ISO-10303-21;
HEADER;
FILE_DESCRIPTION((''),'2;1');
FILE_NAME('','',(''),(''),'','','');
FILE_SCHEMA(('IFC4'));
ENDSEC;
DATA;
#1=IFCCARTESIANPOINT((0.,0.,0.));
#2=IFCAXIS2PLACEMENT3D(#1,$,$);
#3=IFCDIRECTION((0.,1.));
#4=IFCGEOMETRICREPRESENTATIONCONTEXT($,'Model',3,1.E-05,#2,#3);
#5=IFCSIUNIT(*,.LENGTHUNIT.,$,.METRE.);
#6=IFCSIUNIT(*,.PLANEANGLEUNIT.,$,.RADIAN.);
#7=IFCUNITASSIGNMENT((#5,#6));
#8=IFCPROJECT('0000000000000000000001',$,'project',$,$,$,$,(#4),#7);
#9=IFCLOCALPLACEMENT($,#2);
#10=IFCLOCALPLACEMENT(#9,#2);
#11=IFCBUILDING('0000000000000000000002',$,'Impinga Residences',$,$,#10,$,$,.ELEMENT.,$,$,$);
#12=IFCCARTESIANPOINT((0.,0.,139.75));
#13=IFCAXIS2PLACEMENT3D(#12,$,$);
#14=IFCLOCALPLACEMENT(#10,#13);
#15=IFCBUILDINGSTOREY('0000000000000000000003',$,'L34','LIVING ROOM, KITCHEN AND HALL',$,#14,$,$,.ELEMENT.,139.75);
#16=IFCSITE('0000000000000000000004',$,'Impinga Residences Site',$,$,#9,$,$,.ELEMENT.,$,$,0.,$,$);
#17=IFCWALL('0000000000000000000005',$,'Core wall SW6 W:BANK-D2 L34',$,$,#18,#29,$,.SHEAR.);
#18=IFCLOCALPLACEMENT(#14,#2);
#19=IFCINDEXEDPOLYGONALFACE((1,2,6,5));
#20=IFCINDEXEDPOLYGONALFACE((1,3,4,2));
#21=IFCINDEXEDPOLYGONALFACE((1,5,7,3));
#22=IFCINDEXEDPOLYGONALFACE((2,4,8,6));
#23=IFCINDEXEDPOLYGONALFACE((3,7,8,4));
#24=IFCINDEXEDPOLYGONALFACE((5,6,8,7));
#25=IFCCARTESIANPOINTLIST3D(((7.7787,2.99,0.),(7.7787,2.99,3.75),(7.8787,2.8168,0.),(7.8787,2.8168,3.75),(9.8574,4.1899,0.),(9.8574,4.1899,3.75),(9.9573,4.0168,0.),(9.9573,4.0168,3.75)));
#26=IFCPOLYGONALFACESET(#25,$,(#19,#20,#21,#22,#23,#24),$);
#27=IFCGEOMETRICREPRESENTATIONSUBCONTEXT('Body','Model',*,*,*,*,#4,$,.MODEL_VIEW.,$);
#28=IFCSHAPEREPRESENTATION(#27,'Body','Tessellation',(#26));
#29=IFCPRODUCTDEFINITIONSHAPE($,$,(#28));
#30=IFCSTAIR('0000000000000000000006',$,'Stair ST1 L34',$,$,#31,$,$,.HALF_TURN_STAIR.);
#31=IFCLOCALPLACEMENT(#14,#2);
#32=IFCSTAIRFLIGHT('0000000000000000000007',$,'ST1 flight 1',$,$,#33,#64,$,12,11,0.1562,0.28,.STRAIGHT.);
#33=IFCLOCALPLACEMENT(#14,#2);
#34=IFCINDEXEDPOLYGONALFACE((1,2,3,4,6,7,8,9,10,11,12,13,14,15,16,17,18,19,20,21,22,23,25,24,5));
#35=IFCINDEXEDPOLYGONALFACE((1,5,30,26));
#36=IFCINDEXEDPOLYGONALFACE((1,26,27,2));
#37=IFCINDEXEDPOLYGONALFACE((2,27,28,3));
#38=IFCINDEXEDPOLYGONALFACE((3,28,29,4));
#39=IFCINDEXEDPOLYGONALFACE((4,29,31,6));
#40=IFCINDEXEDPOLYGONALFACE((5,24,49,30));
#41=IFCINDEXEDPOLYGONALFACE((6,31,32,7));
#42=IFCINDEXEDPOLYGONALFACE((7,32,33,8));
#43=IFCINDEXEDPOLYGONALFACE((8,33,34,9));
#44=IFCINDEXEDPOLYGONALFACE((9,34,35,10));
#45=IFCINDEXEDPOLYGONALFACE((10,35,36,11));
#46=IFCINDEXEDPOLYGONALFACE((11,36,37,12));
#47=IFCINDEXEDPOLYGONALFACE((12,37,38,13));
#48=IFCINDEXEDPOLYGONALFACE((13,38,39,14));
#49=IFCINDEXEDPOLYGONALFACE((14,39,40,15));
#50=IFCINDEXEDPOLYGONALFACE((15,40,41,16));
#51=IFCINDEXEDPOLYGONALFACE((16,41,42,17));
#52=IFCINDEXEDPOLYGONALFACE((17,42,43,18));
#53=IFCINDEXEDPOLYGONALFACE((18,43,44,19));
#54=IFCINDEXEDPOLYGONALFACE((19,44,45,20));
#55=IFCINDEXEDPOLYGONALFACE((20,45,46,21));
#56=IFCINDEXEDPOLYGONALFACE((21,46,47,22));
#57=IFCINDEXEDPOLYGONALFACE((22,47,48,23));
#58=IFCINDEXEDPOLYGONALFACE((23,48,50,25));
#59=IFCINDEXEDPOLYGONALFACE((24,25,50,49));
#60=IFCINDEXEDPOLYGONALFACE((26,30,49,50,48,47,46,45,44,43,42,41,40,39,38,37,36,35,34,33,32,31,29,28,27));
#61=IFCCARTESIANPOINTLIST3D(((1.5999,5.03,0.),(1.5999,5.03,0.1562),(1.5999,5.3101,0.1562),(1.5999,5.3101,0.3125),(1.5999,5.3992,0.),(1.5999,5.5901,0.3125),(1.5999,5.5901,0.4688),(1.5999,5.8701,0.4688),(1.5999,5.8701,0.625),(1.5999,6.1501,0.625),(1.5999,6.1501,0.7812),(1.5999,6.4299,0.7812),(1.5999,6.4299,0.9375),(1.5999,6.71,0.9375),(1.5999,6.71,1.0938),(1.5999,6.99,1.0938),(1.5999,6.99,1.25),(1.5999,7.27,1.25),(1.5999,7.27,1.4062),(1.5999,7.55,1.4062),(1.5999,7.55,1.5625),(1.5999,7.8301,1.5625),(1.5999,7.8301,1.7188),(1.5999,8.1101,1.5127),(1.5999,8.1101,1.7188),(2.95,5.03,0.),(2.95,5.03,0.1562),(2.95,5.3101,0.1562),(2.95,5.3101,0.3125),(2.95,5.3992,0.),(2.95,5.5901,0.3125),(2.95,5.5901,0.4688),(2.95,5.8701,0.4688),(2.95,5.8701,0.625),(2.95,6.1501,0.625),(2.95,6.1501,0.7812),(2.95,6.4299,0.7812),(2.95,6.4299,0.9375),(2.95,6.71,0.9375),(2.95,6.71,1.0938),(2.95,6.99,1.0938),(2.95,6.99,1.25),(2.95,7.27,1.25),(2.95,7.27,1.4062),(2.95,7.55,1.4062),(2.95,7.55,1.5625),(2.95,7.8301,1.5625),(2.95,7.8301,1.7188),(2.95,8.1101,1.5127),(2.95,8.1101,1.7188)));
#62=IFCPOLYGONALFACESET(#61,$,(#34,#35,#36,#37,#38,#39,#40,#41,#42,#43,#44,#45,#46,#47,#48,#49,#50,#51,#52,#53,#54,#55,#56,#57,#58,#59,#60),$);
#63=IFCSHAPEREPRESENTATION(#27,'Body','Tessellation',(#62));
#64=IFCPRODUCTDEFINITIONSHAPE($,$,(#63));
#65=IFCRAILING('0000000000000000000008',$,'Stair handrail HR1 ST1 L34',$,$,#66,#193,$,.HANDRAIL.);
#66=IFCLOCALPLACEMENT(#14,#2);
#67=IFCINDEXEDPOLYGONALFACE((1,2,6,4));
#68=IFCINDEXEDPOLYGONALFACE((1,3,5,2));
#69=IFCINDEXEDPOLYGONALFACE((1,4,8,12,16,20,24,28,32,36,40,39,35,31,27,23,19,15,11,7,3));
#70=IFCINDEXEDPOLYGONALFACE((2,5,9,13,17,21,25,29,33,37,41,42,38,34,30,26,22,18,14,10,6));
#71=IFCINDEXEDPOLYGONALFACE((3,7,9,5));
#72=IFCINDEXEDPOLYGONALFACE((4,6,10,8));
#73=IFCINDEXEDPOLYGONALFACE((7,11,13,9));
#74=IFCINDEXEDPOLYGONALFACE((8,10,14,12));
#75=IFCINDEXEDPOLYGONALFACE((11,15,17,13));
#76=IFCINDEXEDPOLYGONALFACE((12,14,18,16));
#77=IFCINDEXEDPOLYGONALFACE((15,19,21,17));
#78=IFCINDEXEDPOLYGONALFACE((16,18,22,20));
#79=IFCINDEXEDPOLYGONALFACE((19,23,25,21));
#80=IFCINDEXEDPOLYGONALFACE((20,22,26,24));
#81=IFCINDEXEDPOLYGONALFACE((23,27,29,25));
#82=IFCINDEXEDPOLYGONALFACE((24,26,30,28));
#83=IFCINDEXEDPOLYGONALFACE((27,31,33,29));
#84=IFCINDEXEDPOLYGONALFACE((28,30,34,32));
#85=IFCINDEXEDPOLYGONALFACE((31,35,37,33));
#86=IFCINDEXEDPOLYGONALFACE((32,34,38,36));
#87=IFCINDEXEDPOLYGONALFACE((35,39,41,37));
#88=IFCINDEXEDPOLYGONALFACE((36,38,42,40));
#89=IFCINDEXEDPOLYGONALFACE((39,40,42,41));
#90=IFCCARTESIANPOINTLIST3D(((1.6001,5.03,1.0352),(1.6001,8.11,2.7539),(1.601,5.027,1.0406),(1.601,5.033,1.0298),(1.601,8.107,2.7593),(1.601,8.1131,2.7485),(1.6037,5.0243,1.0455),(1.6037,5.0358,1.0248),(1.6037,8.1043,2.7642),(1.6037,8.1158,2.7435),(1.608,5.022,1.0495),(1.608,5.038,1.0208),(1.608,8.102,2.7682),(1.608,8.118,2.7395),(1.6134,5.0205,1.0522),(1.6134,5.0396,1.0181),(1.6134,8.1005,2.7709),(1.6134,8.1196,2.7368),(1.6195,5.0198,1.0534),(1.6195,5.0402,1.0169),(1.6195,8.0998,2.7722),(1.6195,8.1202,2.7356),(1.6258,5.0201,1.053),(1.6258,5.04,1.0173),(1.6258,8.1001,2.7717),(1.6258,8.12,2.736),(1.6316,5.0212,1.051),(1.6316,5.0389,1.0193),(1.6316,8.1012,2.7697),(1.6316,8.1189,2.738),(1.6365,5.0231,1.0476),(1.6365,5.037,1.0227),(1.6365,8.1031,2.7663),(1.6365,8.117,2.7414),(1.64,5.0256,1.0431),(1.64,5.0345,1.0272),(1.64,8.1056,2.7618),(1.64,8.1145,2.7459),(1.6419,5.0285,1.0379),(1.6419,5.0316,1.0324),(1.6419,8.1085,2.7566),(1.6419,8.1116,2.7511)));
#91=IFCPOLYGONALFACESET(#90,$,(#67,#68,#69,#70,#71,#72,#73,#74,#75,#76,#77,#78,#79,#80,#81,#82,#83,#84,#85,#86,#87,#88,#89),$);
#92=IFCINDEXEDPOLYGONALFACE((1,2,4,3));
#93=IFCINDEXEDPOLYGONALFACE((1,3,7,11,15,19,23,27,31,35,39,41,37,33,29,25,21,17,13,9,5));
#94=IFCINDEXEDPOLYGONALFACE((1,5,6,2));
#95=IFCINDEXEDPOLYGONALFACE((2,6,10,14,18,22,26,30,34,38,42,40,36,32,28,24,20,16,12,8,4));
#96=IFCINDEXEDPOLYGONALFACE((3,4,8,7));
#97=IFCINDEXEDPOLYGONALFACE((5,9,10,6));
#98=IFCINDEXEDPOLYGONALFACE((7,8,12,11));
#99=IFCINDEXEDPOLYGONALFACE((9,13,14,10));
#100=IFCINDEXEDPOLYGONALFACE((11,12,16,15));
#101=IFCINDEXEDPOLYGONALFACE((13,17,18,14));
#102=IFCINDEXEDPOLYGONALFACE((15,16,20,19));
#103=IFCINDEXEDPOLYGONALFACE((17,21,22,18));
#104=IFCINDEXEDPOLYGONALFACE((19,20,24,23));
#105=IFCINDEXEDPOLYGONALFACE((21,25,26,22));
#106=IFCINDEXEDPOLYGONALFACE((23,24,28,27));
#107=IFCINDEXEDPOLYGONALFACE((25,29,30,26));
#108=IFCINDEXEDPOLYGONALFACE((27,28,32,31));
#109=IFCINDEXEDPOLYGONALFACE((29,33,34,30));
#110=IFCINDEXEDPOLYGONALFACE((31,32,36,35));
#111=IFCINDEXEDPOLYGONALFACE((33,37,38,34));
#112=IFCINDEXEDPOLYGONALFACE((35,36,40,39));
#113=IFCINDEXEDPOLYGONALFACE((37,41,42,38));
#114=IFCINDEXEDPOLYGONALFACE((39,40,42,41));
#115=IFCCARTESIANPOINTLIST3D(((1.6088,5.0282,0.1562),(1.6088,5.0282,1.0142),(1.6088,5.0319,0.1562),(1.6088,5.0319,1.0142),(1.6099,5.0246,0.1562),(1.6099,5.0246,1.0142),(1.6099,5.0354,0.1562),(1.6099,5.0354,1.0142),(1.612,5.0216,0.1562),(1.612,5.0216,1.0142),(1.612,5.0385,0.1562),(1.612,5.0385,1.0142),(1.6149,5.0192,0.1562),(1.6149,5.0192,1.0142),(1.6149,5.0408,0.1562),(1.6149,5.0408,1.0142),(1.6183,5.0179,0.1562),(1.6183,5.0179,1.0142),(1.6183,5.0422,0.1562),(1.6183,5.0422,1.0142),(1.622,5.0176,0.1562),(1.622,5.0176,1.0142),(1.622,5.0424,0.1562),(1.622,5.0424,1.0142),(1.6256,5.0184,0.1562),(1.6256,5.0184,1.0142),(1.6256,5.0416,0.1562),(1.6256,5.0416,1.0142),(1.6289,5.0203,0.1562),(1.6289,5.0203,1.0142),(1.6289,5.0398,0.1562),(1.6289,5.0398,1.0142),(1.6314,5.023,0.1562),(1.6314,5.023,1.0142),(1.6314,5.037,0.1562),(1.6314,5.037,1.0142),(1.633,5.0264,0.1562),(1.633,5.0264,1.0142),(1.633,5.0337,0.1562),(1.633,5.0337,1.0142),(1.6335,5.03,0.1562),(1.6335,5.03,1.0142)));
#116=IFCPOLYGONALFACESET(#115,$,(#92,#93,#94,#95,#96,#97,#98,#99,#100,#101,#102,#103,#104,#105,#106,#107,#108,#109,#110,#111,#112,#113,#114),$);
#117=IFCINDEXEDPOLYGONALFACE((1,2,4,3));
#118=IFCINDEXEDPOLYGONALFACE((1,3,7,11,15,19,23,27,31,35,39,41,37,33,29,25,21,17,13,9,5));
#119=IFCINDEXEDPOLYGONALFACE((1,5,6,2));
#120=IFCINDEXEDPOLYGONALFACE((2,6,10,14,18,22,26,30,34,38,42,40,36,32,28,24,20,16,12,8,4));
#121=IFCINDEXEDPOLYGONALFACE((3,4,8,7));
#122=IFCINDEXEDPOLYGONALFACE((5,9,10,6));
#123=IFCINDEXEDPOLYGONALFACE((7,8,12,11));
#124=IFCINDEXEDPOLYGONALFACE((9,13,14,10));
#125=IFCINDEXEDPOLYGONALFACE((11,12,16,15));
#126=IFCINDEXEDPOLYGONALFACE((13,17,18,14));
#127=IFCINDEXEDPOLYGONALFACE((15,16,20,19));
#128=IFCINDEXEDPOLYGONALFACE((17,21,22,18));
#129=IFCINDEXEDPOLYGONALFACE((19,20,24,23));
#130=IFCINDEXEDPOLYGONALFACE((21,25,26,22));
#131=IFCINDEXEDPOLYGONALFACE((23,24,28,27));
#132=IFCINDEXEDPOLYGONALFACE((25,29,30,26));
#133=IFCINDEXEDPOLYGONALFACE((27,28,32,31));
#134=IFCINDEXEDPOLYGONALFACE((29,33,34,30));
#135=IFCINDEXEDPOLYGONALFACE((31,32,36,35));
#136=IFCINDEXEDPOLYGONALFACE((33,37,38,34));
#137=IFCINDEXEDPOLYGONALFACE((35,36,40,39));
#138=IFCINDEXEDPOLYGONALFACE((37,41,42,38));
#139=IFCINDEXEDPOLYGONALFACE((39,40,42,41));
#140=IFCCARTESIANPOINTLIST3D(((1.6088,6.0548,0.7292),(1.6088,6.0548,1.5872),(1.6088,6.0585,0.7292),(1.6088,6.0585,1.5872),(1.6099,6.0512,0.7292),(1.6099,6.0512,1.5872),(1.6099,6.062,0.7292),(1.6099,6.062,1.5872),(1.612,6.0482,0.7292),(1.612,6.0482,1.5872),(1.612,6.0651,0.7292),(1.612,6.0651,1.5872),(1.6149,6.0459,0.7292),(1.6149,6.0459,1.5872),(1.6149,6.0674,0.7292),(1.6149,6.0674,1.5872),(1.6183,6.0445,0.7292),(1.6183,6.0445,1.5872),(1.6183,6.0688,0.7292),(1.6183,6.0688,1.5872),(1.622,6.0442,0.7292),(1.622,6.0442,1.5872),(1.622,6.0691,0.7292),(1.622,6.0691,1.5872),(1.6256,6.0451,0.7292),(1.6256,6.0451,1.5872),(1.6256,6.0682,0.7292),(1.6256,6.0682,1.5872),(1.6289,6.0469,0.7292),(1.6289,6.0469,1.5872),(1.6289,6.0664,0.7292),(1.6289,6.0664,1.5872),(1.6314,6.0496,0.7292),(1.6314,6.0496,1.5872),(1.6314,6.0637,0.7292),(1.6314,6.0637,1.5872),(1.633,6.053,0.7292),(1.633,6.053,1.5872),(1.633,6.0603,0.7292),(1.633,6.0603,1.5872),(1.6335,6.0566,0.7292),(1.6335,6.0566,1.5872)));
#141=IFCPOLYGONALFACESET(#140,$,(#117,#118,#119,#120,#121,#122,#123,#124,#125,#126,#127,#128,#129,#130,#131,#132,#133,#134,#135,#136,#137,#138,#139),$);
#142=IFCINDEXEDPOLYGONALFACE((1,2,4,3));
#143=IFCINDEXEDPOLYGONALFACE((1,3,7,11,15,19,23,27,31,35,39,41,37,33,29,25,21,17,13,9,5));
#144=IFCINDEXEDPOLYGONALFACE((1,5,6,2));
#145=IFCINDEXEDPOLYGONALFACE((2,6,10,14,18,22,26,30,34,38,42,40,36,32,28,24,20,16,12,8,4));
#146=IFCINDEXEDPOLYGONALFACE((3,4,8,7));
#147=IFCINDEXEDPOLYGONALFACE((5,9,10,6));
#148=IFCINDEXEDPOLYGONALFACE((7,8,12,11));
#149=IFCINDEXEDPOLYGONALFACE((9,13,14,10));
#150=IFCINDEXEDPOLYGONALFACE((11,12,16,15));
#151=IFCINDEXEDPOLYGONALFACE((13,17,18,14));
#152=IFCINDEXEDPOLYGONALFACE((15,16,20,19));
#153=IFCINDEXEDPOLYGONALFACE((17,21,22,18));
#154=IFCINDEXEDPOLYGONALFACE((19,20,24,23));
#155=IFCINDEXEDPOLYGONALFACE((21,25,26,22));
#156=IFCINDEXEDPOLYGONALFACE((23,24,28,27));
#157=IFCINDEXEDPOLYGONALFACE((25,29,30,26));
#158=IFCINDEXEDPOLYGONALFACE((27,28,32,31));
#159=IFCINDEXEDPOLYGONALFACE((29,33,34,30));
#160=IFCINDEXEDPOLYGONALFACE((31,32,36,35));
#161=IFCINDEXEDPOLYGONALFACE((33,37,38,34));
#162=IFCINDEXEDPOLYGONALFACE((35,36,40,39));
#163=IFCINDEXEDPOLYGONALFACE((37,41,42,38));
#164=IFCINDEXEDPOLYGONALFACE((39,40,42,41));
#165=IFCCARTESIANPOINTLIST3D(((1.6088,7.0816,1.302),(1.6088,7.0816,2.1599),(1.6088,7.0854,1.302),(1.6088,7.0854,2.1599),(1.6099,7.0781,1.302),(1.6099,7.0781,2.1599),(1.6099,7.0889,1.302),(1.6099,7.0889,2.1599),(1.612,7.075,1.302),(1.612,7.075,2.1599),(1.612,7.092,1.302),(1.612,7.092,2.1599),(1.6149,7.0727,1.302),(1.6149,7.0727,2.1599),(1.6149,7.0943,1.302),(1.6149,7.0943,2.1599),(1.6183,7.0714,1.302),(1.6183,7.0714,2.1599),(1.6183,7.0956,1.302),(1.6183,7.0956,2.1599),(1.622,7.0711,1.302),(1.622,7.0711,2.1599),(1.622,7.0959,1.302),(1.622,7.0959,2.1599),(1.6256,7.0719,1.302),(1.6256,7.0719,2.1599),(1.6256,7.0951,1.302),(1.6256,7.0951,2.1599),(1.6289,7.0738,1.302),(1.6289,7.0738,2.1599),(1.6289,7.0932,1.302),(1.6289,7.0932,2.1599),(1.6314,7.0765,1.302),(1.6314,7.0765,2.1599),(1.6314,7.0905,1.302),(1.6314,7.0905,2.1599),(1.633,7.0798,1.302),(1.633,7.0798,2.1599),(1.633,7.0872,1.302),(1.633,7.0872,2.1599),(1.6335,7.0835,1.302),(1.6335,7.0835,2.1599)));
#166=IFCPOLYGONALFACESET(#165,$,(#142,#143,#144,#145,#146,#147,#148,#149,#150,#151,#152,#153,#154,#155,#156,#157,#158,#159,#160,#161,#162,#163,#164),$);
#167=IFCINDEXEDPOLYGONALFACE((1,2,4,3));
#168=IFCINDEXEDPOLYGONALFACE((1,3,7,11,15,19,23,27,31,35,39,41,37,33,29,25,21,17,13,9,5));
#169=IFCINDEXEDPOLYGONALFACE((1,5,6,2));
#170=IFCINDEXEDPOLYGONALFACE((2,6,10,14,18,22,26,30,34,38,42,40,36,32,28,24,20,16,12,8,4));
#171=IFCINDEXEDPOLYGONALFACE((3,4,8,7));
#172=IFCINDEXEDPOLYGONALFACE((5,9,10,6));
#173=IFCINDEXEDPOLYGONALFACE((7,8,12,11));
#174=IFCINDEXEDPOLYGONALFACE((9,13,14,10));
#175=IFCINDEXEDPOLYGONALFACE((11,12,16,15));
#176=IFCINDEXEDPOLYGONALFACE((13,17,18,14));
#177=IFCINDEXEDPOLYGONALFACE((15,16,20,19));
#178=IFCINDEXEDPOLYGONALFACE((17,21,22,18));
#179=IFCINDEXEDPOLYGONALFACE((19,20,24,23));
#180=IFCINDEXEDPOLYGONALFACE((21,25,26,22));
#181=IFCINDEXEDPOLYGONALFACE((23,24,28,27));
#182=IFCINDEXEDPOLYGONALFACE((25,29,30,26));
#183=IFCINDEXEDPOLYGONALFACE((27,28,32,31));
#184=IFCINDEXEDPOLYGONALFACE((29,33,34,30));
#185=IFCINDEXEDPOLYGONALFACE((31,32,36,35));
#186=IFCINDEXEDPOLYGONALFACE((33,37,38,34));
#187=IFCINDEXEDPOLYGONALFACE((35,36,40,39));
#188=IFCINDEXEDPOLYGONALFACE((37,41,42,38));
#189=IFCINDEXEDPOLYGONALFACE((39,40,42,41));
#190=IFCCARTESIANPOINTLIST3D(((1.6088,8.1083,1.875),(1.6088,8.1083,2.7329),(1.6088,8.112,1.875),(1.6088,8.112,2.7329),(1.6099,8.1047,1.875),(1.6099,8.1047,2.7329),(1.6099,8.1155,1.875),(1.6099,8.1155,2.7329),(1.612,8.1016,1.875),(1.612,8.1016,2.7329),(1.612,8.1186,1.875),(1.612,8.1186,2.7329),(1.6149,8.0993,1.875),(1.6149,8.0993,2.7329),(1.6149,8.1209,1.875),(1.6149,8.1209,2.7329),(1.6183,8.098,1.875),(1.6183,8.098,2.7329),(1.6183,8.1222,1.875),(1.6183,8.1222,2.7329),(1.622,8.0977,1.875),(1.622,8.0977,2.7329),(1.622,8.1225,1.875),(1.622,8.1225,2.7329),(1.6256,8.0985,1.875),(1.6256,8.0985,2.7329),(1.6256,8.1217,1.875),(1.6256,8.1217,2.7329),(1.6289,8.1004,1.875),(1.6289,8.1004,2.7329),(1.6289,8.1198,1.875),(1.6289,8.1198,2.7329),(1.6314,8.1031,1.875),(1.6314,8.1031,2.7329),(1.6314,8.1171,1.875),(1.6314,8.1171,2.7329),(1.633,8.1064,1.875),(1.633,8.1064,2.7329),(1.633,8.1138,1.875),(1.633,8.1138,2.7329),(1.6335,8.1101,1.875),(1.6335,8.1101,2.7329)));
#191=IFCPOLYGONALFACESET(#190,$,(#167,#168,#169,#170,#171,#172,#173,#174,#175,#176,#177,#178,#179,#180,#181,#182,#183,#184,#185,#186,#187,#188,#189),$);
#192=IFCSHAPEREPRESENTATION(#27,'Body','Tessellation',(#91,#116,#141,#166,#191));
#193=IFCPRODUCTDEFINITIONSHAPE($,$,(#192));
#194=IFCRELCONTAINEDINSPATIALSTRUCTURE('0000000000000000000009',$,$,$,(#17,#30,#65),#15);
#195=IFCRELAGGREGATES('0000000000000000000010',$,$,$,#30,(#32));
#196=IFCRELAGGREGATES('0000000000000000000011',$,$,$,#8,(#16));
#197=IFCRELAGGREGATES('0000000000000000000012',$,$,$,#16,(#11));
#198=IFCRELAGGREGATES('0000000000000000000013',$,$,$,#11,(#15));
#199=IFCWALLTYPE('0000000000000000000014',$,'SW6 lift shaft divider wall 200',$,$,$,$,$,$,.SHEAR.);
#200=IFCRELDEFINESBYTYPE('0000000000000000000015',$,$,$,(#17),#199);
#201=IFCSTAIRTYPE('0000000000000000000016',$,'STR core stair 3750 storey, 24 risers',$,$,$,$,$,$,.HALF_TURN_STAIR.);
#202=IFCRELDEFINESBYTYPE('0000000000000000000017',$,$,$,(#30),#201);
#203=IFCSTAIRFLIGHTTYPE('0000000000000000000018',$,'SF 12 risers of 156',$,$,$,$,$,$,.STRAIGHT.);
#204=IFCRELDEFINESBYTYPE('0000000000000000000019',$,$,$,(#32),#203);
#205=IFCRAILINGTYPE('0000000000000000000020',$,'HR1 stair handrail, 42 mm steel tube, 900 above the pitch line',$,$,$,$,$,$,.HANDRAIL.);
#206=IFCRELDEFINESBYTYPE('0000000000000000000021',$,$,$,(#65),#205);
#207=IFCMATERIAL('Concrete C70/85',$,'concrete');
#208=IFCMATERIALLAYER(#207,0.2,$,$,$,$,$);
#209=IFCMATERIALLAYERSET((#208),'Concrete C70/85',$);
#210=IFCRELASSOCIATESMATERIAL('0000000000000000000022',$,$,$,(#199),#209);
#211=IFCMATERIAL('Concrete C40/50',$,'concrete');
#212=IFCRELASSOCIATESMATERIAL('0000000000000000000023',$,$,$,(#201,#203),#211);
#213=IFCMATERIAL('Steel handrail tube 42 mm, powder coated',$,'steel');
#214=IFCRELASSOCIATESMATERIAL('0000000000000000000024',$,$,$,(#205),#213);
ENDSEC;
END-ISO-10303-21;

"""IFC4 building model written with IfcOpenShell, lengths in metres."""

from ifc_helpers import new_model, si_unit, direction, frame, frame_2d, origin, origin_2d, place, context, subcontext, project, spatial, polyline, rectangle, circle, outline, extrude, material, layer, layer_set, type_object, element, aggregate, save


model = new_model("IFC4")

# Units and contexts
model_context = context("Model", 3, precision=1e-05, world=origin(), true_north=direction((0.0, 1.0)))
body_context = subcontext(model_context, "Body", "Model", "MODEL_VIEW")
ifc_project = project(units=[si_unit("LENGTHUNIT", "METRE"), si_unit("PLANEANGLEUNIT", "RADIAN")], contexts=[model_context])

# Site, building, storey
site_placement = place(None, origin())
site = spatial("IfcSite", under=ifc_project, at=site_placement, Name="Impinga Residences Site", CompositionType="ELEMENT", RefElevation=0.0)
building_placement = place(site_placement, origin())
building = spatial("IfcBuilding", under=site, at=building_placement, Name="Impinga Residences", CompositionType="ELEMENT")
storey_placement = place(building_placement, frame((0.0, 0.0, 139.75)))
storey = spatial("IfcBuildingStorey", under=building, at=storey_placement, Name="L34", Description="LIVING ROOM, KITCHEN AND HALL", CompositionType="ELEMENT", Elevation=139.75)

# Shared definitions
ifc_material_1 = material(Name="Concrete C70/85", Category="concrete")

# Wall
ifc_layer_1 = layer(ifc_material_1, 0.2)
ifc_layer_set_1 = layer_set([ifc_layer_1], Name="Concrete C70/85")
wall_type_1 = type_object("IfcWallType", Name="SW6 lift shaft divider wall 200", PredefinedType="SHEAR", material=ifc_layer_set_1)
wall_1_placement = place(storey_placement, frame((7.8286, 2.9033, 0.0), z_axis=(0.0, 0.0, 1.0), x_axis=(0.86605, 0.499957, 0.0)))
element("IfcWall", 1, at=wall_1_placement, inside=storey, type_object=wall_type_1, Name="Core wall SW6 W:BANK-D2 L34", PredefinedType="SHEAR", context=body_context, shape_type="SweptSolid", body=[
    extrude(rectangle(XDim=2.4001, YDim=0.2, at=frame_2d((1.2002, 0.0))), origin(), (0.0, 0.0, 1.0), 3.75),
])

# Stair, stair flight
ifc_material_2 = material(Name="Concrete C40/50", Category="concrete")
stair_type = type_object("IfcStairType", Name="STR core stair 3750 storey, 24 risers", PredefinedType="HALF_TURN_STAIR", material=ifc_material_2)
stair_placement = place(storey_placement, origin())
stair = element("IfcStair", 2, at=stair_placement, inside=storey, type_object=stair_type, Name="Stair ST1 L34", PredefinedType="HALF_TURN_STAIR")
stair_flight_type = type_object("IfcStairFlightType", Name="SF 12 risers of 156", PredefinedType="STRAIGHT", material=ifc_material_2)
stair_flight_placement = place(storey_placement, frame((2.2749, 5.03, 0.0), z_axis=(0.0, 0.0, 1.0), x_axis=(0.0, 1.0, 0.0)))
stair_flight = element("IfcStairFlight", 3, at=stair_flight_placement, type_object=stair_flight_type, Name="ST1 flight 1", NumberOfRisers=12, NumberOfTreads=11, PredefinedType="STRAIGHT", RiserHeight=0.1562, TreadLength=0.28, context=body_context, shape_type="SweptSolid", body=[
    extrude(outline(polyline([(0.0, 0.0), (0.0, 0.1562), (0.28, 0.1562), (0.28, 0.3125), (0.5601, 0.3125), (0.5601, 0.4688), (0.8401, 0.4688), (0.8401, 0.625), (1.1201, 0.625), (1.1201, 0.7812), (1.3999, 0.7812), (1.3999, 0.9375), (1.6799, 0.9375), (1.6799, 1.0938), (1.96, 1.0938), (1.96, 1.25), (2.24, 1.25), (2.24, 1.4062), (2.52, 1.4062), (2.52, 1.5625), (2.8, 1.5625), (2.8, 1.7188), (3.0801, 1.7188), (3.0801, 1.875), (3.0801, 1.5127), (0.3691, 0.0), (0.0, 0.0)])), frame((0.0, 0.675, 0.0), z_axis=(0.0, -1.0, 0.0), x_axis=(1.0, 0.0, 0.0)), (0.0, 0.0, 1.0), 1.3501),
])
aggregate(stair, [stair_flight])

# Railing
ifc_material_3 = material(Name="Steel handrail tube 42 mm, powder coated", Category="steel")
railing_type = type_object("IfcRailingType", Name="HR1 stair handrail, 42 mm steel tube, 900 above the pitch line", PredefinedType="HANDRAIL", material=ifc_material_3)
railing_placement = place(storey_placement, frame((1.6211, 5.03, 0.1562)))
element("IfcRailing", 4, at=railing_placement, inside=storey, type_object=railing_type, Name="Stair handrail HR1 ST1 L34", PredefinedType="HANDRAIL", context=body_context, shape_type="SweptSolid", body=[
    extrude(circle(Radius=0.021, at=origin_2d()), frame((0.0, 0.0, 0.8789), z_axis=(0.0, 0.873242, 0.487288), x_axis=(-1.0, 0.0, 0.0)), (0.0, 0.0, 1.0), 3.5271),
    extrude(circle(Radius=0.0125, at=origin_2d()), origin(), (0.0, 0.0, 1.0), 0.8579),
    extrude(circle(Radius=0.0125, at=origin_2d()), frame((0.0, 1.0266, 0.573)), (0.0, 0.0, 1.0), 0.8579),
    extrude(circle(Radius=0.0125, at=origin_2d()), frame((0.0, 2.0535, 1.1458)), (0.0, 0.0, 1.0), 0.8579),
    extrude(circle(Radius=0.0125, at=origin_2d()), frame((0.0, 3.0801, 1.7188)), (0.0, 0.0, 1.0), 0.8579),
])

save(model, "model.ifc")
